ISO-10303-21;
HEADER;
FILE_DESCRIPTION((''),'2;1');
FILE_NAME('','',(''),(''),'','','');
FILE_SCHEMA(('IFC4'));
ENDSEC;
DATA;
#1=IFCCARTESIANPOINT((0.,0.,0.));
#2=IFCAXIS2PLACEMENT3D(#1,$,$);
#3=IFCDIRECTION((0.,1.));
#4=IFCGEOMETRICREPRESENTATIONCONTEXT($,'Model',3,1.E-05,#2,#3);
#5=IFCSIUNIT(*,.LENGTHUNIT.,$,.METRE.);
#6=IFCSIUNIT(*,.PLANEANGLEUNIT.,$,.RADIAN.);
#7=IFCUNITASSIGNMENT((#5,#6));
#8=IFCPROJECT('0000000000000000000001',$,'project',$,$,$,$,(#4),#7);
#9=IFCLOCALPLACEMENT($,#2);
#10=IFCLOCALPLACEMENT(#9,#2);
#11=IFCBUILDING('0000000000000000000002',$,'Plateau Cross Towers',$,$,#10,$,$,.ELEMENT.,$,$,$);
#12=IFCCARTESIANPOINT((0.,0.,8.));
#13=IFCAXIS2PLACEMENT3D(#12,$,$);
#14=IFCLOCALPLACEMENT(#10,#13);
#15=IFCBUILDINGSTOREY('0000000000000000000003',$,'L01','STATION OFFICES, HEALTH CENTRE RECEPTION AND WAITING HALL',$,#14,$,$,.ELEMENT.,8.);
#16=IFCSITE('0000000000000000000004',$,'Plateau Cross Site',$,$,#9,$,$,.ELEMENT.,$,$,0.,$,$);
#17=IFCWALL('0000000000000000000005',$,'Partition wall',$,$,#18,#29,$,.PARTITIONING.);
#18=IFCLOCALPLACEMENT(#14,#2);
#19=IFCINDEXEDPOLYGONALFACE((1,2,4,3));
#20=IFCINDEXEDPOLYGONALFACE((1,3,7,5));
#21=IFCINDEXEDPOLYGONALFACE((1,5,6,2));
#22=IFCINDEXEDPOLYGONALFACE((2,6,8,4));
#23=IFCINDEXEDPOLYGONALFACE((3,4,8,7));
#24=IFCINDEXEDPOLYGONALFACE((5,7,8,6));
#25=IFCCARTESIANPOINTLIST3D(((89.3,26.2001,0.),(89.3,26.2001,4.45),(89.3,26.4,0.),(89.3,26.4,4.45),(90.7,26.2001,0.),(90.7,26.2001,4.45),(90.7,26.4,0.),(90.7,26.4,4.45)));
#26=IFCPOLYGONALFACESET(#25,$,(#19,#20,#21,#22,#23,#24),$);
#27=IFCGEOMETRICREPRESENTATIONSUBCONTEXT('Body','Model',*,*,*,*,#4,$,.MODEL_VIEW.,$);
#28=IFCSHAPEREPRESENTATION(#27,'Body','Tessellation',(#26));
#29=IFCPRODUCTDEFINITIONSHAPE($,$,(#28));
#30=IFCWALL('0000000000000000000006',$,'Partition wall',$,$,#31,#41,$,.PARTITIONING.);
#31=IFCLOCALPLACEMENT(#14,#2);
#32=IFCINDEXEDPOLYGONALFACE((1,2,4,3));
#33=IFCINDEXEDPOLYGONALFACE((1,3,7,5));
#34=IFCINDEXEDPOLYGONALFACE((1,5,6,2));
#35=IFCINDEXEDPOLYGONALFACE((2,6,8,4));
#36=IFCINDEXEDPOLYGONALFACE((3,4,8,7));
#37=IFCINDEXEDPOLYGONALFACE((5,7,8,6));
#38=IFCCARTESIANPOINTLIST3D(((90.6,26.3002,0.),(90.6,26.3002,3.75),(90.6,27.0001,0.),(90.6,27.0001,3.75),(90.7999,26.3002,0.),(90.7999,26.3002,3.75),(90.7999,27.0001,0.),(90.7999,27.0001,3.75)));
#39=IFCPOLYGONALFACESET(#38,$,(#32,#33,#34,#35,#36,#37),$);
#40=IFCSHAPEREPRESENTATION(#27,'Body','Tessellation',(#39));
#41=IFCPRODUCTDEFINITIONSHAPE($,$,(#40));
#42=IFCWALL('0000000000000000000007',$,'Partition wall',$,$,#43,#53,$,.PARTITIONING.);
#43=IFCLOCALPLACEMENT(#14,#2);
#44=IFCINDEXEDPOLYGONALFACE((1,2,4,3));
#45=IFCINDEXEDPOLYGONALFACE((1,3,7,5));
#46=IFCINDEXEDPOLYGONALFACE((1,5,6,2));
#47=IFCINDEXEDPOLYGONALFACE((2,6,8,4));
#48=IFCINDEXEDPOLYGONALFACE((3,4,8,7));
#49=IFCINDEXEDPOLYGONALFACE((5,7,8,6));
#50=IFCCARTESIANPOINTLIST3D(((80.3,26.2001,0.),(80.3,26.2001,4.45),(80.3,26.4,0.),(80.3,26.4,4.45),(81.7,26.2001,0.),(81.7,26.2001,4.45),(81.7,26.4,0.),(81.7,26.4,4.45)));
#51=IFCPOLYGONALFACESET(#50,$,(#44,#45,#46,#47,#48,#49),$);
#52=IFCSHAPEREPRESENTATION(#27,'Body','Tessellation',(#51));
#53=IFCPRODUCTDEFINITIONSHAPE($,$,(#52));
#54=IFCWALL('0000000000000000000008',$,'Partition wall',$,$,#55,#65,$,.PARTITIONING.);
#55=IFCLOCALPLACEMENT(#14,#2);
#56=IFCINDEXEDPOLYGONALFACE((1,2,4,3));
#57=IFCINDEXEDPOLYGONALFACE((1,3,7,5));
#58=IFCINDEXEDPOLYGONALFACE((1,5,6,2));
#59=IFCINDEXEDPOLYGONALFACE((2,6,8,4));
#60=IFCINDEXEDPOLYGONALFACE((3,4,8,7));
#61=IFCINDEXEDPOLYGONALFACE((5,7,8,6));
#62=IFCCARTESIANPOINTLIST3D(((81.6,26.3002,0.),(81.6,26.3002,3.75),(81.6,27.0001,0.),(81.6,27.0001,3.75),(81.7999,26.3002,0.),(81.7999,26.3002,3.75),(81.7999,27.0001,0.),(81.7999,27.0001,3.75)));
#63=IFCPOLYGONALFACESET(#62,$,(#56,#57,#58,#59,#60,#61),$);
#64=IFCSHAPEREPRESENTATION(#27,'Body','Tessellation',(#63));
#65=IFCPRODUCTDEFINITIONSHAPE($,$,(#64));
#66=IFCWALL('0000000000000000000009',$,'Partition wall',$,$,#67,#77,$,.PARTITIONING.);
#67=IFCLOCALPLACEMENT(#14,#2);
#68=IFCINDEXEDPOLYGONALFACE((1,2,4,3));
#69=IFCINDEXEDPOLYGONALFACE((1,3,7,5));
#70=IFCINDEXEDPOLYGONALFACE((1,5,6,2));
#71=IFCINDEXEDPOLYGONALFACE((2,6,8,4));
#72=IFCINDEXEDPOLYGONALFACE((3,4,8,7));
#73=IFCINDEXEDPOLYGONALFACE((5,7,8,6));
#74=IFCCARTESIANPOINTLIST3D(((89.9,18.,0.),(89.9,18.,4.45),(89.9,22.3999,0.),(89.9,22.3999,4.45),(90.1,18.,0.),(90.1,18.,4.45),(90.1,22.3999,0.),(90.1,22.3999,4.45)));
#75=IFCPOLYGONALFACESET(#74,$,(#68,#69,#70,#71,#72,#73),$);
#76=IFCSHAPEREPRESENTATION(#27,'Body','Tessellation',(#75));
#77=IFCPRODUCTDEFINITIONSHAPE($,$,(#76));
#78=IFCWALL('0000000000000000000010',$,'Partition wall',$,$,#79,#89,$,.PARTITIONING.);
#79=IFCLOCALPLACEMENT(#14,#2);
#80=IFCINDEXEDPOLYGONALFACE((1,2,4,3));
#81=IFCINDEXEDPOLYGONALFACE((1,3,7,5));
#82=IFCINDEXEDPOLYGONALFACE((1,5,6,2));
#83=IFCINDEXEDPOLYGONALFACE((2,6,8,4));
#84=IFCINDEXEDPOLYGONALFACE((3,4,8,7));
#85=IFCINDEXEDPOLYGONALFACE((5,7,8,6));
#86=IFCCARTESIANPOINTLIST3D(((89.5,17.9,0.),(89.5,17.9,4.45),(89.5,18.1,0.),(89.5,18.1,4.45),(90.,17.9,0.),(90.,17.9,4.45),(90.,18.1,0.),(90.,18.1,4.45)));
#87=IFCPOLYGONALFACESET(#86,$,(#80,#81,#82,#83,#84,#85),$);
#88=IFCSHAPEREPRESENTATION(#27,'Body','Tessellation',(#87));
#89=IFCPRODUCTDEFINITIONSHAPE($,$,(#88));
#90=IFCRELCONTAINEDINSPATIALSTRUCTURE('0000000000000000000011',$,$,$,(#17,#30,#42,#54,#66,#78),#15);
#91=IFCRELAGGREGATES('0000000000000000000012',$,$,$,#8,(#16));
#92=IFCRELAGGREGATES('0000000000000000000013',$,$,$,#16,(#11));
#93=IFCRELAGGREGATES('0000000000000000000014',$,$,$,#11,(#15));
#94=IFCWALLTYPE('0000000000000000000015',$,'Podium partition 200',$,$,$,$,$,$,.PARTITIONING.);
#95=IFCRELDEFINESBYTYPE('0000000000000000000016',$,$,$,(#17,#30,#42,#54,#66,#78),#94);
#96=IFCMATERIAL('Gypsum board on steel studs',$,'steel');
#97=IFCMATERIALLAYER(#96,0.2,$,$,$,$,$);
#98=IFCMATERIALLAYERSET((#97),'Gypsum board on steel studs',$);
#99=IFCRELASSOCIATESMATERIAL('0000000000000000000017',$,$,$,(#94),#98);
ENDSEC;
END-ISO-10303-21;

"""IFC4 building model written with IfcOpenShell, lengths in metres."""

from ifc_helpers import new_model, si_unit, direction, frame, frame_2d, origin, place, context, subcontext, project, spatial, rectangle, extrude, material, layer, layer_set, type_object, element, save


model = new_model("IFC4")

# Units and contexts
model_context = context("Model", 3, precision=1e-05, world=origin(), true_north=direction((0.0, 1.0)))
body_context = subcontext(model_context, "Body", "Model", "MODEL_VIEW")
ifc_project = project(units=[si_unit("LENGTHUNIT", "METRE"), si_unit("PLANEANGLEUNIT", "RADIAN")], contexts=[model_context])

# Site, building, storey
site_placement = place(None, origin())
site = spatial("IfcSite", under=ifc_project, at=site_placement, Name="Plateau Cross Site", CompositionType="ELEMENT", RefElevation=0.0)
building_placement = place(site_placement, origin())
building = spatial("IfcBuilding", under=site, at=building_placement, Name="Plateau Cross Towers", CompositionType="ELEMENT")
storey_placement = place(building_placement, frame((0.0, 0.0, 8.0)))
storey = spatial("IfcBuildingStorey", under=building, at=storey_placement, Name="L01", Description="STATION OFFICES, HEALTH CENTRE RECEPTION AND WAITING HALL", CompositionType="ELEMENT", Elevation=8.0)

# Shared definitions
ifc_material_1 = material(Name="Gypsum board on steel studs", Category="steel")
ifc_layer_1 = layer(ifc_material_1, 0.2)
ifc_layer_set_1 = layer_set([ifc_layer_1], Name="Gypsum board on steel studs")
wall_type_1 = type_object("IfcWallType", Name="Podium partition 200", PredefinedType="PARTITIONING", material=ifc_layer_set_1)

# Walls
wall_1_placement = place(storey_placement, frame((89.3, 26.3, 0.0), z_axis=(0.0, 0.0, 1.0), x_axis=(1.0, 0.0, 0.0)))
element("IfcWall", 1, at=wall_1_placement, inside=storey, type_object=wall_type_1, Name="Partition wall", PredefinedType="PARTITIONING", context=body_context, shape_type="SweptSolid", body=[
    extrude(rectangle(XDim=1.3999, YDim=0.2, at=frame_2d((0.7, 0.0))), origin(), (0.0, 0.0, 1.0), 4.45),
])
wall_2_placement = place(storey_placement, frame((90.7, 26.3, 0.0), z_axis=(0.0, 0.0, 1.0), x_axis=(0.0, 1.0, 0.0)))
element("IfcWall", 2, at=wall_2_placement, inside=storey, type_object=wall_type_1, Name="Partition wall", PredefinedType="PARTITIONING", context=body_context, shape_type="SweptSolid", body=[
    extrude(rectangle(XDim=0.7, YDim=0.2, at=frame_2d((0.3501, 0.0))), origin(), (0.0, 0.0, 1.0), 3.75),
])
wall_3_placement = place(storey_placement, frame((80.3, 26.3, 0.0), z_axis=(0.0, 0.0, 1.0), x_axis=(1.0, 0.0, 0.0)))
element("IfcWall", 3, at=wall_3_placement, inside=storey, type_object=wall_type_1, Name="Partition wall", PredefinedType="PARTITIONING", context=body_context, shape_type="SweptSolid", body=[
    extrude(rectangle(XDim=1.3999, YDim=0.2, at=frame_2d((0.7, 0.0))), origin(), (0.0, 0.0, 1.0), 4.45),
])
wall_4_placement = place(storey_placement, frame((81.7, 26.3, 0.0), z_axis=(0.0, 0.0, 1.0), x_axis=(0.0, 1.0, 0.0)))
element("IfcWall", 4, at=wall_4_placement, inside=storey, type_object=wall_type_1, Name="Partition wall", PredefinedType="PARTITIONING", context=body_context, shape_type="SweptSolid", body=[
    extrude(rectangle(XDim=0.7, YDim=0.2, at=frame_2d((0.3501, 0.0))), origin(), (0.0, 0.0, 1.0), 3.75),
])
wall_5_placement = place(storey_placement, frame((90.0, 22.3999, 0.0), z_axis=(0.0, 0.0, 1.0), x_axis=(0.0, -1.0, 0.0)))
element("IfcWall", 5, at=wall_5_placement, inside=storey, type_object=wall_type_1, Name="Partition wall", PredefinedType="PARTITIONING", context=body_context, shape_type="SweptSolid", body=[
    extrude(rectangle(XDim=4.3999, YDim=0.2, at=frame_2d((2.2, 0.0))), origin(), (0.0, 0.0, 1.0), 4.45),
])
wall_6_placement = place(storey_placement, frame((90.0, 18.0, 0.0), z_axis=(0.0, 0.0, 1.0), x_axis=(-1.0, 0.0, 0.0)))
element("IfcWall", 6, at=wall_6_placement, inside=storey, type_object=wall_type_1, Name="Partition wall", PredefinedType="PARTITIONING", context=body_context, shape_type="SweptSolid", body=[
    extrude(rectangle(XDim=0.5, YDim=0.2, at=frame_2d((0.25, 0.0))), origin(), (0.0, 0.0, 1.0), 4.45),
])

save(model, "model.ifc")
